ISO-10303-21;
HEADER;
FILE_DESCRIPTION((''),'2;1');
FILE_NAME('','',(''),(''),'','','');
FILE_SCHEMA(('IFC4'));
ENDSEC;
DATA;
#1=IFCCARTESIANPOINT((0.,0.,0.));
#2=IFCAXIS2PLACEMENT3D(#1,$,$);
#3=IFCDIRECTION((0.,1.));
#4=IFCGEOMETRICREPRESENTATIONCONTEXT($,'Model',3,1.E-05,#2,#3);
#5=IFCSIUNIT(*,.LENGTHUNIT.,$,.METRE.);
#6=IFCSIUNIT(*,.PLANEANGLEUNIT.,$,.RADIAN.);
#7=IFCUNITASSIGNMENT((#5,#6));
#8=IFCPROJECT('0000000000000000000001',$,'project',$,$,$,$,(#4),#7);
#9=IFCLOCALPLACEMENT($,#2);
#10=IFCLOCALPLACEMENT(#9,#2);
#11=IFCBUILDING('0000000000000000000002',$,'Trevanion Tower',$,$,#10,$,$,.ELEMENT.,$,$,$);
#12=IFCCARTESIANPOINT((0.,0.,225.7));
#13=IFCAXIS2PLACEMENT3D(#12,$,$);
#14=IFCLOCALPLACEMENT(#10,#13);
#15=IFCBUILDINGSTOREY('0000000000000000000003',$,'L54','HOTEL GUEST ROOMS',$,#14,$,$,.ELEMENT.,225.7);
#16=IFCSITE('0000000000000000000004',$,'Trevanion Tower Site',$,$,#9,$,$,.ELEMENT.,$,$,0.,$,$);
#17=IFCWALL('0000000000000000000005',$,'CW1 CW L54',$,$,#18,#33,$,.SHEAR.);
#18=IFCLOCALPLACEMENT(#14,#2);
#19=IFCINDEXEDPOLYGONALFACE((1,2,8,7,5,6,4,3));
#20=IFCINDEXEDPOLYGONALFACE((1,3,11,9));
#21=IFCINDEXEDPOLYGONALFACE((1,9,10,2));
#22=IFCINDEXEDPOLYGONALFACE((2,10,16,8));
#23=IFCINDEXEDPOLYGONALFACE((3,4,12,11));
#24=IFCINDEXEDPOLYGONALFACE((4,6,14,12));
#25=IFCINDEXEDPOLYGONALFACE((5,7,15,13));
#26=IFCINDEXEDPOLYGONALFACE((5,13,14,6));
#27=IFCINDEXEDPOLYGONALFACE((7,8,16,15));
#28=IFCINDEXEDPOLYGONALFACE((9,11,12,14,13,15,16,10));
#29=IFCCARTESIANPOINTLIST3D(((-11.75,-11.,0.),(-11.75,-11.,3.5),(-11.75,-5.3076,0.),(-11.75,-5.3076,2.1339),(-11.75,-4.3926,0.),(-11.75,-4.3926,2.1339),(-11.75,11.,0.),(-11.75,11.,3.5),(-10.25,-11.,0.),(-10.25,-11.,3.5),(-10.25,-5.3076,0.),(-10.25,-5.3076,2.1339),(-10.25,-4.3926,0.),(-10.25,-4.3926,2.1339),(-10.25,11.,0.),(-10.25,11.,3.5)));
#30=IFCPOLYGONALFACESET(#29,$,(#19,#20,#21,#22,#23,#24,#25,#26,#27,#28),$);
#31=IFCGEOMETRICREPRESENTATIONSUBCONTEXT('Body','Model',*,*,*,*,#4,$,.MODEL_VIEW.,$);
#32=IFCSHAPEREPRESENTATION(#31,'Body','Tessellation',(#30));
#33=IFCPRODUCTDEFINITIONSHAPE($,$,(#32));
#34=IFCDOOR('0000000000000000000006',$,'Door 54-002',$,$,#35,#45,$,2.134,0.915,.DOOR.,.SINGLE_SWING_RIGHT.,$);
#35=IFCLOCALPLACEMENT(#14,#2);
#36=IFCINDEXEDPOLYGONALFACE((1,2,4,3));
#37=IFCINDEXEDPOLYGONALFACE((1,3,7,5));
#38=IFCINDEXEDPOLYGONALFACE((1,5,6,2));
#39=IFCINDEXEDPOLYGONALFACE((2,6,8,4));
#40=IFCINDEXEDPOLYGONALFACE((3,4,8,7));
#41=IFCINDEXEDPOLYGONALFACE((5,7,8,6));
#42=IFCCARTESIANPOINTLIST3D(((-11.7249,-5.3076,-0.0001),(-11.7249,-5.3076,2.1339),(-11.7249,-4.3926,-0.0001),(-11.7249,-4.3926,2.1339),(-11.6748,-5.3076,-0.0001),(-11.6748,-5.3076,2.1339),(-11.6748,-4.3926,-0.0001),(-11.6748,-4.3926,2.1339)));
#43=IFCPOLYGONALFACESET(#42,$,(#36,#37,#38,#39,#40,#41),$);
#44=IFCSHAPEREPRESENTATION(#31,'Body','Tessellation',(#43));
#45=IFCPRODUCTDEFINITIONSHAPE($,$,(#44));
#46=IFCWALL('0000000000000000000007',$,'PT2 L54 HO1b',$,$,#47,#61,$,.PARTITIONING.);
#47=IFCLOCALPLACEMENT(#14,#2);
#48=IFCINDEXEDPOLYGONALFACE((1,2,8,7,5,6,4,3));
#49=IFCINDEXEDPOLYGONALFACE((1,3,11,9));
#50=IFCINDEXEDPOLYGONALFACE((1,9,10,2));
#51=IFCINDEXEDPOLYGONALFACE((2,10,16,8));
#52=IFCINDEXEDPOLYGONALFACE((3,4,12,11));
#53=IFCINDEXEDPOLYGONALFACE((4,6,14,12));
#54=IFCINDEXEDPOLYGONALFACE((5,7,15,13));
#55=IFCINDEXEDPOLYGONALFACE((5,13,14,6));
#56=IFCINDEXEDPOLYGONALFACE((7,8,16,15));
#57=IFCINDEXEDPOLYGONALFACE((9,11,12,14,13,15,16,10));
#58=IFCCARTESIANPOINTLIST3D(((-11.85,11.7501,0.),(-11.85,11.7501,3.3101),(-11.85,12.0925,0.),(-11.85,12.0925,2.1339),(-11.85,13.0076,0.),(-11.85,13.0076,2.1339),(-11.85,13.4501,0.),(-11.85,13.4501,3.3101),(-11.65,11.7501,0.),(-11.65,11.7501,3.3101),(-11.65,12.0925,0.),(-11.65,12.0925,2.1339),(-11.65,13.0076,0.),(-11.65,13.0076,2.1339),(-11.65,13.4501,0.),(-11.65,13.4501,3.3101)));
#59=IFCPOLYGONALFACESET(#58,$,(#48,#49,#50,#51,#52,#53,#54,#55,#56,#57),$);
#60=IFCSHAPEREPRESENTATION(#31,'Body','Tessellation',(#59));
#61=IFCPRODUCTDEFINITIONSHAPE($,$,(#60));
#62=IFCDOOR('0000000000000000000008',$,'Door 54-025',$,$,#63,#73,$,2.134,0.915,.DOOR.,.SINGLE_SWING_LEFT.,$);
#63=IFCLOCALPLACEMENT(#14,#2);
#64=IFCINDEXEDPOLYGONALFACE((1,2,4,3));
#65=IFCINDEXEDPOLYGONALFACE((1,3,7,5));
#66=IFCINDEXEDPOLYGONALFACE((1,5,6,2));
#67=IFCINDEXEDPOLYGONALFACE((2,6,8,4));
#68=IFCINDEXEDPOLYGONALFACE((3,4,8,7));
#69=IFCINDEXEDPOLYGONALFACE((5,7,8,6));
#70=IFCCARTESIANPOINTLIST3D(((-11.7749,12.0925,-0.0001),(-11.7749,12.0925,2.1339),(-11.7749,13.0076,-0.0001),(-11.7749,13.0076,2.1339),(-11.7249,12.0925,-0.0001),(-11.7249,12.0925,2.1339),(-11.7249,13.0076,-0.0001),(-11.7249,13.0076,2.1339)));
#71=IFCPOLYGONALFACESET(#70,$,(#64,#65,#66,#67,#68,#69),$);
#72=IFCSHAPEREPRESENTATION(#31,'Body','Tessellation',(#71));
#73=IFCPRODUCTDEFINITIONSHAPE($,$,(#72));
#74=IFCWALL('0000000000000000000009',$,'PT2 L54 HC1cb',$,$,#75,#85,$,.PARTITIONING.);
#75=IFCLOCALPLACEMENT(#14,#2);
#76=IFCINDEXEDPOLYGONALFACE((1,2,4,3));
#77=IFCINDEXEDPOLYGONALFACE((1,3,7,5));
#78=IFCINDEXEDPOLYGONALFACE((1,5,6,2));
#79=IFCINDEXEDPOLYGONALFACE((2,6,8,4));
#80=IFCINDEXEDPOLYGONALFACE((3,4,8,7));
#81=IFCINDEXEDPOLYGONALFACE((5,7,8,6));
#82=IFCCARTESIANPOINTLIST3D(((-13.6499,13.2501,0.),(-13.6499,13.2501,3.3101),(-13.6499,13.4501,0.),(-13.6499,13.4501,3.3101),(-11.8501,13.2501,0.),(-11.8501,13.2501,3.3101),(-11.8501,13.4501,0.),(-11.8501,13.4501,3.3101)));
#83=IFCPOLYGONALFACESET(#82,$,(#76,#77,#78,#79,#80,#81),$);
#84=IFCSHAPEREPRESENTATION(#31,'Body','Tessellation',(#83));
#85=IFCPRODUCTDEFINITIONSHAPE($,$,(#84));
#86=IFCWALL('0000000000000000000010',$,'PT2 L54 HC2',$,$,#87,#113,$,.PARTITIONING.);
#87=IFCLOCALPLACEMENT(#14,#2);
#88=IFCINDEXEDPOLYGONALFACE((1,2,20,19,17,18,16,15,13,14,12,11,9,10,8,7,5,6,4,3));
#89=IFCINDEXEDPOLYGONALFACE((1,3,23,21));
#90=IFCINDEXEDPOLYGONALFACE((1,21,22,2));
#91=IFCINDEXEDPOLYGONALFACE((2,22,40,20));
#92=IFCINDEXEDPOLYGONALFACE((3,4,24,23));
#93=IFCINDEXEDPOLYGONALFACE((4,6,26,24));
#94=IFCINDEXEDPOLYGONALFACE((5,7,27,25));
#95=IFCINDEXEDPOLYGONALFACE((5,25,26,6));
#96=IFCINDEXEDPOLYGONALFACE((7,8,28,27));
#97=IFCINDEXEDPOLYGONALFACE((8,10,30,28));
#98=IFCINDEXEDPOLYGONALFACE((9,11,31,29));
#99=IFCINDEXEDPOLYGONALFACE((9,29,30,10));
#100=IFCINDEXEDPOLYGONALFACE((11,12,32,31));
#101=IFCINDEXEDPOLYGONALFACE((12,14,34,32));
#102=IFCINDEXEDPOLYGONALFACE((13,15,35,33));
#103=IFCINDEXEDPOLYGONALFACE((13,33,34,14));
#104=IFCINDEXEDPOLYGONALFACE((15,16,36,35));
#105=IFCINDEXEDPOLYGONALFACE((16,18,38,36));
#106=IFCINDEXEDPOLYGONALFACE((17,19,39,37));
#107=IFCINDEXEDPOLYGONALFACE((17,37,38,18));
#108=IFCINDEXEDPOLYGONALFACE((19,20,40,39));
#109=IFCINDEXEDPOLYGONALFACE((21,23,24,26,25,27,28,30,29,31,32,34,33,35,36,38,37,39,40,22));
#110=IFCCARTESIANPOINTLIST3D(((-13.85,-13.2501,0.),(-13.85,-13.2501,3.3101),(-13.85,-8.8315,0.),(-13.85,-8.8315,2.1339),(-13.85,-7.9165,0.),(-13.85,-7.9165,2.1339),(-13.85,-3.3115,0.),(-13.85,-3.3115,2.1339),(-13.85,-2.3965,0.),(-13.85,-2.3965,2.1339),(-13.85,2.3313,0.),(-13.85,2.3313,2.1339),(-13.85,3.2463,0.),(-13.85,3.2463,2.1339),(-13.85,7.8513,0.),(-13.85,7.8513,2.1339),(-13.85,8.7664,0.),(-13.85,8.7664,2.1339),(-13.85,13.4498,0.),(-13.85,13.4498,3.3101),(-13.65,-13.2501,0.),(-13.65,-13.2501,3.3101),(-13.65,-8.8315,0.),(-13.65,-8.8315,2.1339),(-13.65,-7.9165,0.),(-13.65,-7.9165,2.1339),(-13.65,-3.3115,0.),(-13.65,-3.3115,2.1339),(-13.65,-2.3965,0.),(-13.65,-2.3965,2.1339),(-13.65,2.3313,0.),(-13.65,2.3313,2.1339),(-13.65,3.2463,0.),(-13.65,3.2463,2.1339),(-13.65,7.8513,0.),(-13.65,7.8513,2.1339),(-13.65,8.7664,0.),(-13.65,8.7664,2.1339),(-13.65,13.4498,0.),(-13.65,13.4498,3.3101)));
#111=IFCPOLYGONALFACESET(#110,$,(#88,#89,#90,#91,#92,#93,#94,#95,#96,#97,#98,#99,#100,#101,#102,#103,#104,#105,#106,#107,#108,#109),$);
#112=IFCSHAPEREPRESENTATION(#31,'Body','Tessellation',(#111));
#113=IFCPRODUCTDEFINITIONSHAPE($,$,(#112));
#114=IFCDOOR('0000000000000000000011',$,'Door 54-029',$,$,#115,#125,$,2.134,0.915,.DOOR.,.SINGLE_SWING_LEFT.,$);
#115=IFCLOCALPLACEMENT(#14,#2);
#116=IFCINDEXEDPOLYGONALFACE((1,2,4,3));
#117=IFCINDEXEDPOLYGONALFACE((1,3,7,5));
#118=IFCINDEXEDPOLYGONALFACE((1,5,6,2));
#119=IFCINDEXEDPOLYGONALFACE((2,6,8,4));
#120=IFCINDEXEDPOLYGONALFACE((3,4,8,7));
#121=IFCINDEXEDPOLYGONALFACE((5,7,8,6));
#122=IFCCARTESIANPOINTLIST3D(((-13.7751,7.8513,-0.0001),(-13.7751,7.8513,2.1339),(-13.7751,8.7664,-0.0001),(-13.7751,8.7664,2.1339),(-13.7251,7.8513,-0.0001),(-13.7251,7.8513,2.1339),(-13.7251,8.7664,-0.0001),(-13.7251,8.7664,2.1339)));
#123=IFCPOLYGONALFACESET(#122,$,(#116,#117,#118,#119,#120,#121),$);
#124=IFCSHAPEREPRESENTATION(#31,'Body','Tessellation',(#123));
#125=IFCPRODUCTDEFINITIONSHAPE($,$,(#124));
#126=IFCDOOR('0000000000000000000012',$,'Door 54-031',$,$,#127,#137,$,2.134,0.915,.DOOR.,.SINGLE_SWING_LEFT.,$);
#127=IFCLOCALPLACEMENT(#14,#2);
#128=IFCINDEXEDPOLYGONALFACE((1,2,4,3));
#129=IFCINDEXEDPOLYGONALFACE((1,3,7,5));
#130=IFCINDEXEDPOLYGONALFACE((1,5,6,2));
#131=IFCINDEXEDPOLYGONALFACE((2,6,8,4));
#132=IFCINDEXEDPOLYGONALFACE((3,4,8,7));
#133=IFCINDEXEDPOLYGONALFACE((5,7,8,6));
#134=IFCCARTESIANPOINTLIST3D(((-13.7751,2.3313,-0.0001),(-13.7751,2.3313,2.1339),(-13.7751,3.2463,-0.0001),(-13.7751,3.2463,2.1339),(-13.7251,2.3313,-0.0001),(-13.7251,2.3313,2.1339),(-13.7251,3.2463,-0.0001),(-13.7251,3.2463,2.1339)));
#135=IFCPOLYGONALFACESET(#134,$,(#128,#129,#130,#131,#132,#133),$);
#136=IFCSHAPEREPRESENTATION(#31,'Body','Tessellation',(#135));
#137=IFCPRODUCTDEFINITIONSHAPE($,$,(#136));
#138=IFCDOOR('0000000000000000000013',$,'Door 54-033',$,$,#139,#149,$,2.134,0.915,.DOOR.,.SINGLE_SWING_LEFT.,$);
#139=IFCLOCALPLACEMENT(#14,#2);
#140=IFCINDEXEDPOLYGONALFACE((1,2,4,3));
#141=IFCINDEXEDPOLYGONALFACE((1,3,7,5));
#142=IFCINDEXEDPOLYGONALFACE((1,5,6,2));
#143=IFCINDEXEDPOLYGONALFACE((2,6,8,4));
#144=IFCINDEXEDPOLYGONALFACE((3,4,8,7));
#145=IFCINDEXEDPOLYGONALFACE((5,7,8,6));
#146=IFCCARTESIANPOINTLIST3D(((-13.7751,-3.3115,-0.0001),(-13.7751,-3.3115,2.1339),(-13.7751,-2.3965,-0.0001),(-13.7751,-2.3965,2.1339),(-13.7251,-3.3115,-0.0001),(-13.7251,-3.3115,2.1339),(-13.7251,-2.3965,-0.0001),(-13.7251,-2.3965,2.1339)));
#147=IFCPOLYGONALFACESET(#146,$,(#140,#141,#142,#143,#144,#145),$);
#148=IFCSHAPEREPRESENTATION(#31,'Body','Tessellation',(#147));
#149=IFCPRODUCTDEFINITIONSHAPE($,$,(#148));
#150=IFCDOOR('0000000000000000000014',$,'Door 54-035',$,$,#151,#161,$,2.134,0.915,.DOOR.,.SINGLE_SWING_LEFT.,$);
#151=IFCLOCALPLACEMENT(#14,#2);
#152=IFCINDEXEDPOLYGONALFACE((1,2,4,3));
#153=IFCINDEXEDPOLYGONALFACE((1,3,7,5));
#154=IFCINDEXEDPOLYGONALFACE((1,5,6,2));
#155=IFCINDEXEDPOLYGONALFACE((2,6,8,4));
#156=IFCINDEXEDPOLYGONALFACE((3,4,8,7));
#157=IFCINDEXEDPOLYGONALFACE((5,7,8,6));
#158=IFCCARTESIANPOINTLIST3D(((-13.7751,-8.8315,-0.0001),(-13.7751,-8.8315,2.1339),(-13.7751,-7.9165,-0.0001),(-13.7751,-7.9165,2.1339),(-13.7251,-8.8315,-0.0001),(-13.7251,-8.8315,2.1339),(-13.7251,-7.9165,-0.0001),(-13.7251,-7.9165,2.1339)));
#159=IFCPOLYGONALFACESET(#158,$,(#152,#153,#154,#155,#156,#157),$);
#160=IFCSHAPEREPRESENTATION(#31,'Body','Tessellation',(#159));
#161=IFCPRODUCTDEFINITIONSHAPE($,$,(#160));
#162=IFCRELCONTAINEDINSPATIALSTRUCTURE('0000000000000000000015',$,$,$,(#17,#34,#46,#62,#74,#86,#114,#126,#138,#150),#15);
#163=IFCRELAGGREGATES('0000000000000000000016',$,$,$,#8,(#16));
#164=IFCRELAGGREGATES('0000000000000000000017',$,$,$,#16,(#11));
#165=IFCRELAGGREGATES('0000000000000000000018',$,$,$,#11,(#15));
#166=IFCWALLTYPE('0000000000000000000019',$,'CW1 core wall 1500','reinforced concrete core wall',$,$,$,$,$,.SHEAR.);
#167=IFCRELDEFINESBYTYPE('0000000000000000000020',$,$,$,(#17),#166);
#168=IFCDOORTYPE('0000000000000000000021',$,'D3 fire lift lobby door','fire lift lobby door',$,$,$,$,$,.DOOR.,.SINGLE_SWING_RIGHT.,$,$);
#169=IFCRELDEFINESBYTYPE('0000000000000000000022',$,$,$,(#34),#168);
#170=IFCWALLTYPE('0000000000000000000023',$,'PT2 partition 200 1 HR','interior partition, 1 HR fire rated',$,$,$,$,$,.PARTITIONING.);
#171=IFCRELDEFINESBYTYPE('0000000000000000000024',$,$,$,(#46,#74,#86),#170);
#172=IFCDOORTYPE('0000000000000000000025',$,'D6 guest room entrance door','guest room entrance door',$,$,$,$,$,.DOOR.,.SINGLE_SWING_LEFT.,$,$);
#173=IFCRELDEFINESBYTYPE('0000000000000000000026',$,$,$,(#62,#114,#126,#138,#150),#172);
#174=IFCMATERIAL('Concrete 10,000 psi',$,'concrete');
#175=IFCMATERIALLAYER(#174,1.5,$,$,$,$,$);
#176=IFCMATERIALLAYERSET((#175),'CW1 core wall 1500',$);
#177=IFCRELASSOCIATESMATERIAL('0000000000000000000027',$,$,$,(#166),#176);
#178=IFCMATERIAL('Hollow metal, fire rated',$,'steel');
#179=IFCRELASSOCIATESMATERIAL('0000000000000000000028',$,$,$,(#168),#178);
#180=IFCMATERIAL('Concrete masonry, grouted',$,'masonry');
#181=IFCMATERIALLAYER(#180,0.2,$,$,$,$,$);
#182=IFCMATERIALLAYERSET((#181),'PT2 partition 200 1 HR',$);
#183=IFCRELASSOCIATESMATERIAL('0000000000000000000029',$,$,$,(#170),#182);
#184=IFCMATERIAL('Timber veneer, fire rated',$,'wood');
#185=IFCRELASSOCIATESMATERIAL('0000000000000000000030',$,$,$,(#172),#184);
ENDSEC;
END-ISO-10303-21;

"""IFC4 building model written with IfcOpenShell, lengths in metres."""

from ifc_helpers import new_model, si_unit, direction, frame, frame_2d, origin, place, context, subcontext, project, spatial, rectangle, extrude, material, layer, layer_set, type_object, element, fill, save


model = new_model("IFC4")

# Units and contexts
model_context = context("Model", 3, precision=1e-05, world=origin(), true_north=direction((0.0, 1.0)))
body_context = subcontext(model_context, "Body", "Model", "MODEL_VIEW")
ifc_project = project(units=[si_unit("LENGTHUNIT", "METRE"), si_unit("PLANEANGLEUNIT", "RADIAN")], contexts=[model_context])

# Site, building, storey
site_placement = place(None, origin())
site = spatial("IfcSite", under=ifc_project, at=site_placement, Name="Trevanion Tower Site", CompositionType="ELEMENT", RefElevation=0.0)
building_placement = place(site_placement, origin())
building = spatial("IfcBuilding", under=site, at=building_placement, Name="Trevanion Tower", CompositionType="ELEMENT")
storey_placement = place(building_placement, frame((0.0, 0.0, 225.7)))
storey = spatial("IfcBuildingStorey", under=building, at=storey_placement, Name="L54", Description="HOTEL GUEST ROOMS", CompositionType="ELEMENT", Elevation=225.7)

# Walls, openings, doors
ifc_material_1 = material(Name="Concrete 10,000 psi", Category="concrete")
ifc_layer_1 = layer(ifc_material_1, 1.5)
ifc_layer_set_1 = layer_set([ifc_layer_1], Name="CW1 core wall 1500")
wall_type_1 = type_object("IfcWallType", Name="CW1 core wall 1500", Description="reinforced concrete core wall", PredefinedType="SHEAR", material=ifc_layer_set_1)
wall_1_placement = place(storey_placement, frame((-11.0, 11.0, 0.0), z_axis=(0.0, 0.0, 1.0), x_axis=(0.0, -1.0, 0.0)))
wall_1 = element("IfcWall", 1, at=wall_1_placement, inside=storey, type_object=wall_type_1, Name="CW1 CW L54", PredefinedType="SHEAR", context=body_context, shape_type="SweptSolid", body=[
    extrude(rectangle(XDim=22.0, YDim=1.5, at=frame_2d((11.0, 0.0))), origin(), (0.0, 0.0, 1.0), 3.5),
])
opening_1_placement = place(wall_1_placement, frame((15.3926, 0.0, 0.0)))
opening_1 = element("IfcOpeningElement", 2, at=opening_1_placement, cuts=wall_1, PredefinedType="OPENING", context=body_context, shape_type="SweptSolid", body=[
    extrude(rectangle(XDim=0.915, YDim=2.134, at=frame_2d((0.4575, 1.0669))), frame((0.0, 0.76, 0.0), z_axis=(0.0, -1.0, 0.0), x_axis=(1.0, 0.0, 0.0)), (0.0, 0.0, 1.0), 1.52),
])
ifc_material_2 = material(Name="Hollow metal, fire rated", Category="steel")
door_type_1 = type_object("IfcDoorType", Name="D3 fire lift lobby door", Description="fire lift lobby door", OperationType="SINGLE_SWING_RIGHT", PredefinedType="DOOR", material=ifc_material_2)
door_1_placement = place(opening_1_placement, origin())
door_1 = element("IfcDoor", 3, at=door_1_placement, inside=storey, type_object=door_type_1, Name="Door 54-002", OperationType="SINGLE_SWING_RIGHT", OverallHeight=2.134, OverallWidth=0.915, PredefinedType="DOOR", context=body_context, shape_type="SweptSolid", body=[
    extrude(rectangle(XDim=0.915, YDim=2.134, at=frame_2d((0.4575, 1.0669))), frame((0.0, -0.6748, 0.0), z_axis=(0.0, -1.0, 0.0), x_axis=(1.0, 0.0, 0.0)), (0.0, 0.0, 1.0), 0.05),
])
fill(opening_1, door_1)
ifc_material_3 = material(Name="Concrete masonry, grouted", Category="masonry")
ifc_layer_2 = layer(ifc_material_3, 0.2)
ifc_layer_set_2 = layer_set([ifc_layer_2], Name="PT2 partition 200 1 HR")
wall_type_2 = type_object("IfcWallType", Name="PT2 partition 200 1 HR", Description="interior partition, 1 HR fire rated", PredefinedType="PARTITIONING", material=ifc_layer_set_2)
wall_2_placement = place(storey_placement, frame((-11.75, 11.75, 0.0), z_axis=(0.0, 0.0, 1.0), x_axis=(0.0, 1.0, 0.0)))
wall_2 = element("IfcWall", 4, at=wall_2_placement, inside=storey, type_object=wall_type_2, Name="PT2 L54 HO1b", PredefinedType="PARTITIONING", context=body_context, shape_type="SweptSolid", body=[
    extrude(rectangle(XDim=1.7, YDim=0.2, at=frame_2d((0.8501, 0.0))), origin(), (0.0, 0.0, 1.0), 3.3101),
])
opening_2_placement = place(wall_2_placement, frame((0.3425, 0.0, 0.0)))
opening_2 = element("IfcOpeningElement", 5, at=opening_2_placement, cuts=wall_2, PredefinedType="OPENING", context=body_context, shape_type="SweptSolid", body=[
    extrude(rectangle(XDim=0.915, YDim=2.134, at=frame_2d((0.4575, 1.0669))), frame((0.0, 0.1099, 0.0), z_axis=(0.0, -1.0, 0.0), x_axis=(1.0, 0.0, 0.0)), (0.0, 0.0, 1.0), 0.22),
])
ifc_material_4 = material(Name="Timber veneer, fire rated", Category="wood")
door_type_2 = type_object("IfcDoorType", Name="D6 guest room entrance door", Description="guest room entrance door", OperationType="SINGLE_SWING_LEFT", PredefinedType="DOOR", material=ifc_material_4)
door_2_placement = place(opening_2_placement, origin())
door_2 = element("IfcDoor", 6, at=door_2_placement, inside=storey, type_object=door_type_2, Name="Door 54-025", OperationType="SINGLE_SWING_LEFT", OverallHeight=2.134, OverallWidth=0.915, PredefinedType="DOOR", context=body_context, shape_type="SweptSolid", body=[
    extrude(rectangle(XDim=0.915, YDim=2.134, at=frame_2d((0.4575, 1.0669))), frame((0.0, 0.0249, 0.0), z_axis=(0.0, -1.0, 0.0), x_axis=(1.0, 0.0, 0.0)), (0.0, 0.0, 1.0), 0.05),
])
fill(opening_2, door_2)

# Wall
wall_3_placement = place(storey_placement, frame((-11.8501, 13.3501, 0.0), z_axis=(0.0, 0.0, 1.0), x_axis=(-1.0, 0.0, 0.0)))
element("IfcWall", 7, at=wall_3_placement, inside=storey, type_object=wall_type_2, Name="PT2 L54 HC1cb", PredefinedType="PARTITIONING", context=body_context, shape_type="SweptSolid", body=[
    extrude(rectangle(XDim=1.7998, YDim=0.2, at=frame_2d((0.8999, 0.0))), origin(), (0.0, 0.0, 1.0), 3.3101),
])

# Wall, openings, doors
wall_4_placement = place(storey_placement, frame((-13.75, 13.45, 0.0), z_axis=(0.0, 0.0, 1.0), x_axis=(0.0, -1.0, 0.0)))
wall_4 = element("IfcWall", 8, at=wall_4_placement, inside=storey, type_object=wall_type_2, Name="PT2 L54 HC2", PredefinedType="PARTITIONING", context=body_context, shape_type="SweptSolid", body=[
    extrude(rectangle(XDim=26.7, YDim=0.2, at=frame_2d((13.3501, 0.0))), origin(), (0.0, 0.0, 1.0), 3.3101),
])
opening_3_placement = place(wall_4_placement, frame((4.6836, 0.0, 0.0)))
opening_3 = element("IfcOpeningElement", 9, at=opening_3_placement, cuts=wall_4, PredefinedType="OPENING", context=body_context, shape_type="SweptSolid", body=[
    extrude(rectangle(XDim=0.915, YDim=2.134, at=frame_2d((0.4575, 1.0669))), frame((0.0, 0.1099, 0.0), z_axis=(0.0, -1.0, 0.0), x_axis=(1.0, 0.0, 0.0)), (0.0, 0.0, 1.0), 0.22),
])
opening_4_placement = place(wall_4_placement, frame((10.2036, 0.0, 0.0)))
opening_4 = element("IfcOpeningElement", 10, at=opening_4_placement, cuts=wall_4, PredefinedType="OPENING", context=body_context, shape_type="SweptSolid", body=[
    extrude(rectangle(XDim=0.915, YDim=2.134, at=frame_2d((0.4575, 1.0669))), frame((0.0, 0.1099, 0.0), z_axis=(0.0, -1.0, 0.0), x_axis=(1.0, 0.0, 0.0)), (0.0, 0.0, 1.0), 0.22),
])
opening_5_placement = place(wall_4_placement, frame((15.8464, 0.0, 0.0)))
opening_5 = element("IfcOpeningElement", 11, at=opening_5_placement, cuts=wall_4, PredefinedType="OPENING", context=body_context, shape_type="SweptSolid", body=[
    extrude(rectangle(XDim=0.915, YDim=2.134, at=frame_2d((0.4575, 1.0669))), frame((0.0, 0.1099, 0.0), z_axis=(0.0, -1.0, 0.0), x_axis=(1.0, 0.0, 0.0)), (0.0, 0.0, 1.0), 0.22),
])
opening_6_placement = place(wall_4_placement, frame((21.3665, 0.0, 0.0)))
opening_6 = element("IfcOpeningElement", 12, at=opening_6_placement, cuts=wall_4, PredefinedType="OPENING", context=body_context, shape_type="SweptSolid", body=[
    extrude(rectangle(XDim=0.915, YDim=2.134, at=frame_2d((0.4575, 1.0669))), frame((0.0, 0.1099, 0.0), z_axis=(0.0, -1.0, 0.0), x_axis=(1.0, 0.0, 0.0)), (0.0, 0.0, 1.0), 0.22),
])
door_3_placement = place(opening_3_placement, origin())
door_3 = element("IfcDoor", 13, at=door_3_placement, inside=storey, type_object=door_type_2, Name="Door 54-029", OperationType="SINGLE_SWING_LEFT", OverallHeight=2.134, OverallWidth=0.915, PredefinedType="DOOR", context=body_context, shape_type="SweptSolid", body=[
    extrude(rectangle(XDim=0.915, YDim=2.134, at=frame_2d((0.4575, 1.0669))), frame((0.0, 0.0249, 0.0), z_axis=(0.0, -1.0, 0.0), x_axis=(1.0, 0.0, 0.0)), (0.0, 0.0, 1.0), 0.05),
])
fill(opening_3, door_3)
door_4_placement = place(opening_4_placement, origin())
door_4 = element("IfcDoor", 14, at=door_4_placement, inside=storey, type_object=door_type_2, Name="Door 54-031", OperationType="SINGLE_SWING_LEFT", OverallHeight=2.134, OverallWidth=0.915, PredefinedType="DOOR", context=body_context, shape_type="SweptSolid", body=[
    extrude(rectangle(XDim=0.915, YDim=2.134, at=frame_2d((0.4575, 1.0669))), frame((0.0, 0.0249, 0.0), z_axis=(0.0, -1.0, 0.0), x_axis=(1.0, 0.0, 0.0)), (0.0, 0.0, 1.0), 0.05),
])
fill(opening_4, door_4)
door_5_placement = place(opening_5_placement, origin())
door_5 = element("IfcDoor", 15, at=door_5_placement, inside=storey, type_object=door_type_2, Name="Door 54-033", OperationType="SINGLE_SWING_LEFT", OverallHeight=2.134, OverallWidth=0.915, PredefinedType="DOOR", context=body_context, shape_type="SweptSolid", body=[
    extrude(rectangle(XDim=0.915, YDim=2.134, at=frame_2d((0.4575, 1.0669))), frame((0.0, 0.0249, 0.0), z_axis=(0.0, -1.0, 0.0), x_axis=(1.0, 0.0, 0.0)), (0.0, 0.0, 1.0), 0.05),
])
fill(opening_5, door_5)
door_6_placement = place(opening_6_placement, origin())
door_6 = element("IfcDoor", 16, at=door_6_placement, inside=storey, type_object=door_type_2, Name="Door 54-035", OperationType="SINGLE_SWING_LEFT", OverallHeight=2.134, OverallWidth=0.915, PredefinedType="DOOR", context=body_context, shape_type="SweptSolid", body=[
    extrude(rectangle(XDim=0.915, YDim=2.134, at=frame_2d((0.4575, 1.0669))), frame((0.0, 0.0249, 0.0), z_axis=(0.0, -1.0, 0.0), x_axis=(1.0, 0.0, 0.0)), (0.0, 0.0, 1.0), 0.05),
])
fill(opening_6, door_6)

save(model, "model.ifc")
